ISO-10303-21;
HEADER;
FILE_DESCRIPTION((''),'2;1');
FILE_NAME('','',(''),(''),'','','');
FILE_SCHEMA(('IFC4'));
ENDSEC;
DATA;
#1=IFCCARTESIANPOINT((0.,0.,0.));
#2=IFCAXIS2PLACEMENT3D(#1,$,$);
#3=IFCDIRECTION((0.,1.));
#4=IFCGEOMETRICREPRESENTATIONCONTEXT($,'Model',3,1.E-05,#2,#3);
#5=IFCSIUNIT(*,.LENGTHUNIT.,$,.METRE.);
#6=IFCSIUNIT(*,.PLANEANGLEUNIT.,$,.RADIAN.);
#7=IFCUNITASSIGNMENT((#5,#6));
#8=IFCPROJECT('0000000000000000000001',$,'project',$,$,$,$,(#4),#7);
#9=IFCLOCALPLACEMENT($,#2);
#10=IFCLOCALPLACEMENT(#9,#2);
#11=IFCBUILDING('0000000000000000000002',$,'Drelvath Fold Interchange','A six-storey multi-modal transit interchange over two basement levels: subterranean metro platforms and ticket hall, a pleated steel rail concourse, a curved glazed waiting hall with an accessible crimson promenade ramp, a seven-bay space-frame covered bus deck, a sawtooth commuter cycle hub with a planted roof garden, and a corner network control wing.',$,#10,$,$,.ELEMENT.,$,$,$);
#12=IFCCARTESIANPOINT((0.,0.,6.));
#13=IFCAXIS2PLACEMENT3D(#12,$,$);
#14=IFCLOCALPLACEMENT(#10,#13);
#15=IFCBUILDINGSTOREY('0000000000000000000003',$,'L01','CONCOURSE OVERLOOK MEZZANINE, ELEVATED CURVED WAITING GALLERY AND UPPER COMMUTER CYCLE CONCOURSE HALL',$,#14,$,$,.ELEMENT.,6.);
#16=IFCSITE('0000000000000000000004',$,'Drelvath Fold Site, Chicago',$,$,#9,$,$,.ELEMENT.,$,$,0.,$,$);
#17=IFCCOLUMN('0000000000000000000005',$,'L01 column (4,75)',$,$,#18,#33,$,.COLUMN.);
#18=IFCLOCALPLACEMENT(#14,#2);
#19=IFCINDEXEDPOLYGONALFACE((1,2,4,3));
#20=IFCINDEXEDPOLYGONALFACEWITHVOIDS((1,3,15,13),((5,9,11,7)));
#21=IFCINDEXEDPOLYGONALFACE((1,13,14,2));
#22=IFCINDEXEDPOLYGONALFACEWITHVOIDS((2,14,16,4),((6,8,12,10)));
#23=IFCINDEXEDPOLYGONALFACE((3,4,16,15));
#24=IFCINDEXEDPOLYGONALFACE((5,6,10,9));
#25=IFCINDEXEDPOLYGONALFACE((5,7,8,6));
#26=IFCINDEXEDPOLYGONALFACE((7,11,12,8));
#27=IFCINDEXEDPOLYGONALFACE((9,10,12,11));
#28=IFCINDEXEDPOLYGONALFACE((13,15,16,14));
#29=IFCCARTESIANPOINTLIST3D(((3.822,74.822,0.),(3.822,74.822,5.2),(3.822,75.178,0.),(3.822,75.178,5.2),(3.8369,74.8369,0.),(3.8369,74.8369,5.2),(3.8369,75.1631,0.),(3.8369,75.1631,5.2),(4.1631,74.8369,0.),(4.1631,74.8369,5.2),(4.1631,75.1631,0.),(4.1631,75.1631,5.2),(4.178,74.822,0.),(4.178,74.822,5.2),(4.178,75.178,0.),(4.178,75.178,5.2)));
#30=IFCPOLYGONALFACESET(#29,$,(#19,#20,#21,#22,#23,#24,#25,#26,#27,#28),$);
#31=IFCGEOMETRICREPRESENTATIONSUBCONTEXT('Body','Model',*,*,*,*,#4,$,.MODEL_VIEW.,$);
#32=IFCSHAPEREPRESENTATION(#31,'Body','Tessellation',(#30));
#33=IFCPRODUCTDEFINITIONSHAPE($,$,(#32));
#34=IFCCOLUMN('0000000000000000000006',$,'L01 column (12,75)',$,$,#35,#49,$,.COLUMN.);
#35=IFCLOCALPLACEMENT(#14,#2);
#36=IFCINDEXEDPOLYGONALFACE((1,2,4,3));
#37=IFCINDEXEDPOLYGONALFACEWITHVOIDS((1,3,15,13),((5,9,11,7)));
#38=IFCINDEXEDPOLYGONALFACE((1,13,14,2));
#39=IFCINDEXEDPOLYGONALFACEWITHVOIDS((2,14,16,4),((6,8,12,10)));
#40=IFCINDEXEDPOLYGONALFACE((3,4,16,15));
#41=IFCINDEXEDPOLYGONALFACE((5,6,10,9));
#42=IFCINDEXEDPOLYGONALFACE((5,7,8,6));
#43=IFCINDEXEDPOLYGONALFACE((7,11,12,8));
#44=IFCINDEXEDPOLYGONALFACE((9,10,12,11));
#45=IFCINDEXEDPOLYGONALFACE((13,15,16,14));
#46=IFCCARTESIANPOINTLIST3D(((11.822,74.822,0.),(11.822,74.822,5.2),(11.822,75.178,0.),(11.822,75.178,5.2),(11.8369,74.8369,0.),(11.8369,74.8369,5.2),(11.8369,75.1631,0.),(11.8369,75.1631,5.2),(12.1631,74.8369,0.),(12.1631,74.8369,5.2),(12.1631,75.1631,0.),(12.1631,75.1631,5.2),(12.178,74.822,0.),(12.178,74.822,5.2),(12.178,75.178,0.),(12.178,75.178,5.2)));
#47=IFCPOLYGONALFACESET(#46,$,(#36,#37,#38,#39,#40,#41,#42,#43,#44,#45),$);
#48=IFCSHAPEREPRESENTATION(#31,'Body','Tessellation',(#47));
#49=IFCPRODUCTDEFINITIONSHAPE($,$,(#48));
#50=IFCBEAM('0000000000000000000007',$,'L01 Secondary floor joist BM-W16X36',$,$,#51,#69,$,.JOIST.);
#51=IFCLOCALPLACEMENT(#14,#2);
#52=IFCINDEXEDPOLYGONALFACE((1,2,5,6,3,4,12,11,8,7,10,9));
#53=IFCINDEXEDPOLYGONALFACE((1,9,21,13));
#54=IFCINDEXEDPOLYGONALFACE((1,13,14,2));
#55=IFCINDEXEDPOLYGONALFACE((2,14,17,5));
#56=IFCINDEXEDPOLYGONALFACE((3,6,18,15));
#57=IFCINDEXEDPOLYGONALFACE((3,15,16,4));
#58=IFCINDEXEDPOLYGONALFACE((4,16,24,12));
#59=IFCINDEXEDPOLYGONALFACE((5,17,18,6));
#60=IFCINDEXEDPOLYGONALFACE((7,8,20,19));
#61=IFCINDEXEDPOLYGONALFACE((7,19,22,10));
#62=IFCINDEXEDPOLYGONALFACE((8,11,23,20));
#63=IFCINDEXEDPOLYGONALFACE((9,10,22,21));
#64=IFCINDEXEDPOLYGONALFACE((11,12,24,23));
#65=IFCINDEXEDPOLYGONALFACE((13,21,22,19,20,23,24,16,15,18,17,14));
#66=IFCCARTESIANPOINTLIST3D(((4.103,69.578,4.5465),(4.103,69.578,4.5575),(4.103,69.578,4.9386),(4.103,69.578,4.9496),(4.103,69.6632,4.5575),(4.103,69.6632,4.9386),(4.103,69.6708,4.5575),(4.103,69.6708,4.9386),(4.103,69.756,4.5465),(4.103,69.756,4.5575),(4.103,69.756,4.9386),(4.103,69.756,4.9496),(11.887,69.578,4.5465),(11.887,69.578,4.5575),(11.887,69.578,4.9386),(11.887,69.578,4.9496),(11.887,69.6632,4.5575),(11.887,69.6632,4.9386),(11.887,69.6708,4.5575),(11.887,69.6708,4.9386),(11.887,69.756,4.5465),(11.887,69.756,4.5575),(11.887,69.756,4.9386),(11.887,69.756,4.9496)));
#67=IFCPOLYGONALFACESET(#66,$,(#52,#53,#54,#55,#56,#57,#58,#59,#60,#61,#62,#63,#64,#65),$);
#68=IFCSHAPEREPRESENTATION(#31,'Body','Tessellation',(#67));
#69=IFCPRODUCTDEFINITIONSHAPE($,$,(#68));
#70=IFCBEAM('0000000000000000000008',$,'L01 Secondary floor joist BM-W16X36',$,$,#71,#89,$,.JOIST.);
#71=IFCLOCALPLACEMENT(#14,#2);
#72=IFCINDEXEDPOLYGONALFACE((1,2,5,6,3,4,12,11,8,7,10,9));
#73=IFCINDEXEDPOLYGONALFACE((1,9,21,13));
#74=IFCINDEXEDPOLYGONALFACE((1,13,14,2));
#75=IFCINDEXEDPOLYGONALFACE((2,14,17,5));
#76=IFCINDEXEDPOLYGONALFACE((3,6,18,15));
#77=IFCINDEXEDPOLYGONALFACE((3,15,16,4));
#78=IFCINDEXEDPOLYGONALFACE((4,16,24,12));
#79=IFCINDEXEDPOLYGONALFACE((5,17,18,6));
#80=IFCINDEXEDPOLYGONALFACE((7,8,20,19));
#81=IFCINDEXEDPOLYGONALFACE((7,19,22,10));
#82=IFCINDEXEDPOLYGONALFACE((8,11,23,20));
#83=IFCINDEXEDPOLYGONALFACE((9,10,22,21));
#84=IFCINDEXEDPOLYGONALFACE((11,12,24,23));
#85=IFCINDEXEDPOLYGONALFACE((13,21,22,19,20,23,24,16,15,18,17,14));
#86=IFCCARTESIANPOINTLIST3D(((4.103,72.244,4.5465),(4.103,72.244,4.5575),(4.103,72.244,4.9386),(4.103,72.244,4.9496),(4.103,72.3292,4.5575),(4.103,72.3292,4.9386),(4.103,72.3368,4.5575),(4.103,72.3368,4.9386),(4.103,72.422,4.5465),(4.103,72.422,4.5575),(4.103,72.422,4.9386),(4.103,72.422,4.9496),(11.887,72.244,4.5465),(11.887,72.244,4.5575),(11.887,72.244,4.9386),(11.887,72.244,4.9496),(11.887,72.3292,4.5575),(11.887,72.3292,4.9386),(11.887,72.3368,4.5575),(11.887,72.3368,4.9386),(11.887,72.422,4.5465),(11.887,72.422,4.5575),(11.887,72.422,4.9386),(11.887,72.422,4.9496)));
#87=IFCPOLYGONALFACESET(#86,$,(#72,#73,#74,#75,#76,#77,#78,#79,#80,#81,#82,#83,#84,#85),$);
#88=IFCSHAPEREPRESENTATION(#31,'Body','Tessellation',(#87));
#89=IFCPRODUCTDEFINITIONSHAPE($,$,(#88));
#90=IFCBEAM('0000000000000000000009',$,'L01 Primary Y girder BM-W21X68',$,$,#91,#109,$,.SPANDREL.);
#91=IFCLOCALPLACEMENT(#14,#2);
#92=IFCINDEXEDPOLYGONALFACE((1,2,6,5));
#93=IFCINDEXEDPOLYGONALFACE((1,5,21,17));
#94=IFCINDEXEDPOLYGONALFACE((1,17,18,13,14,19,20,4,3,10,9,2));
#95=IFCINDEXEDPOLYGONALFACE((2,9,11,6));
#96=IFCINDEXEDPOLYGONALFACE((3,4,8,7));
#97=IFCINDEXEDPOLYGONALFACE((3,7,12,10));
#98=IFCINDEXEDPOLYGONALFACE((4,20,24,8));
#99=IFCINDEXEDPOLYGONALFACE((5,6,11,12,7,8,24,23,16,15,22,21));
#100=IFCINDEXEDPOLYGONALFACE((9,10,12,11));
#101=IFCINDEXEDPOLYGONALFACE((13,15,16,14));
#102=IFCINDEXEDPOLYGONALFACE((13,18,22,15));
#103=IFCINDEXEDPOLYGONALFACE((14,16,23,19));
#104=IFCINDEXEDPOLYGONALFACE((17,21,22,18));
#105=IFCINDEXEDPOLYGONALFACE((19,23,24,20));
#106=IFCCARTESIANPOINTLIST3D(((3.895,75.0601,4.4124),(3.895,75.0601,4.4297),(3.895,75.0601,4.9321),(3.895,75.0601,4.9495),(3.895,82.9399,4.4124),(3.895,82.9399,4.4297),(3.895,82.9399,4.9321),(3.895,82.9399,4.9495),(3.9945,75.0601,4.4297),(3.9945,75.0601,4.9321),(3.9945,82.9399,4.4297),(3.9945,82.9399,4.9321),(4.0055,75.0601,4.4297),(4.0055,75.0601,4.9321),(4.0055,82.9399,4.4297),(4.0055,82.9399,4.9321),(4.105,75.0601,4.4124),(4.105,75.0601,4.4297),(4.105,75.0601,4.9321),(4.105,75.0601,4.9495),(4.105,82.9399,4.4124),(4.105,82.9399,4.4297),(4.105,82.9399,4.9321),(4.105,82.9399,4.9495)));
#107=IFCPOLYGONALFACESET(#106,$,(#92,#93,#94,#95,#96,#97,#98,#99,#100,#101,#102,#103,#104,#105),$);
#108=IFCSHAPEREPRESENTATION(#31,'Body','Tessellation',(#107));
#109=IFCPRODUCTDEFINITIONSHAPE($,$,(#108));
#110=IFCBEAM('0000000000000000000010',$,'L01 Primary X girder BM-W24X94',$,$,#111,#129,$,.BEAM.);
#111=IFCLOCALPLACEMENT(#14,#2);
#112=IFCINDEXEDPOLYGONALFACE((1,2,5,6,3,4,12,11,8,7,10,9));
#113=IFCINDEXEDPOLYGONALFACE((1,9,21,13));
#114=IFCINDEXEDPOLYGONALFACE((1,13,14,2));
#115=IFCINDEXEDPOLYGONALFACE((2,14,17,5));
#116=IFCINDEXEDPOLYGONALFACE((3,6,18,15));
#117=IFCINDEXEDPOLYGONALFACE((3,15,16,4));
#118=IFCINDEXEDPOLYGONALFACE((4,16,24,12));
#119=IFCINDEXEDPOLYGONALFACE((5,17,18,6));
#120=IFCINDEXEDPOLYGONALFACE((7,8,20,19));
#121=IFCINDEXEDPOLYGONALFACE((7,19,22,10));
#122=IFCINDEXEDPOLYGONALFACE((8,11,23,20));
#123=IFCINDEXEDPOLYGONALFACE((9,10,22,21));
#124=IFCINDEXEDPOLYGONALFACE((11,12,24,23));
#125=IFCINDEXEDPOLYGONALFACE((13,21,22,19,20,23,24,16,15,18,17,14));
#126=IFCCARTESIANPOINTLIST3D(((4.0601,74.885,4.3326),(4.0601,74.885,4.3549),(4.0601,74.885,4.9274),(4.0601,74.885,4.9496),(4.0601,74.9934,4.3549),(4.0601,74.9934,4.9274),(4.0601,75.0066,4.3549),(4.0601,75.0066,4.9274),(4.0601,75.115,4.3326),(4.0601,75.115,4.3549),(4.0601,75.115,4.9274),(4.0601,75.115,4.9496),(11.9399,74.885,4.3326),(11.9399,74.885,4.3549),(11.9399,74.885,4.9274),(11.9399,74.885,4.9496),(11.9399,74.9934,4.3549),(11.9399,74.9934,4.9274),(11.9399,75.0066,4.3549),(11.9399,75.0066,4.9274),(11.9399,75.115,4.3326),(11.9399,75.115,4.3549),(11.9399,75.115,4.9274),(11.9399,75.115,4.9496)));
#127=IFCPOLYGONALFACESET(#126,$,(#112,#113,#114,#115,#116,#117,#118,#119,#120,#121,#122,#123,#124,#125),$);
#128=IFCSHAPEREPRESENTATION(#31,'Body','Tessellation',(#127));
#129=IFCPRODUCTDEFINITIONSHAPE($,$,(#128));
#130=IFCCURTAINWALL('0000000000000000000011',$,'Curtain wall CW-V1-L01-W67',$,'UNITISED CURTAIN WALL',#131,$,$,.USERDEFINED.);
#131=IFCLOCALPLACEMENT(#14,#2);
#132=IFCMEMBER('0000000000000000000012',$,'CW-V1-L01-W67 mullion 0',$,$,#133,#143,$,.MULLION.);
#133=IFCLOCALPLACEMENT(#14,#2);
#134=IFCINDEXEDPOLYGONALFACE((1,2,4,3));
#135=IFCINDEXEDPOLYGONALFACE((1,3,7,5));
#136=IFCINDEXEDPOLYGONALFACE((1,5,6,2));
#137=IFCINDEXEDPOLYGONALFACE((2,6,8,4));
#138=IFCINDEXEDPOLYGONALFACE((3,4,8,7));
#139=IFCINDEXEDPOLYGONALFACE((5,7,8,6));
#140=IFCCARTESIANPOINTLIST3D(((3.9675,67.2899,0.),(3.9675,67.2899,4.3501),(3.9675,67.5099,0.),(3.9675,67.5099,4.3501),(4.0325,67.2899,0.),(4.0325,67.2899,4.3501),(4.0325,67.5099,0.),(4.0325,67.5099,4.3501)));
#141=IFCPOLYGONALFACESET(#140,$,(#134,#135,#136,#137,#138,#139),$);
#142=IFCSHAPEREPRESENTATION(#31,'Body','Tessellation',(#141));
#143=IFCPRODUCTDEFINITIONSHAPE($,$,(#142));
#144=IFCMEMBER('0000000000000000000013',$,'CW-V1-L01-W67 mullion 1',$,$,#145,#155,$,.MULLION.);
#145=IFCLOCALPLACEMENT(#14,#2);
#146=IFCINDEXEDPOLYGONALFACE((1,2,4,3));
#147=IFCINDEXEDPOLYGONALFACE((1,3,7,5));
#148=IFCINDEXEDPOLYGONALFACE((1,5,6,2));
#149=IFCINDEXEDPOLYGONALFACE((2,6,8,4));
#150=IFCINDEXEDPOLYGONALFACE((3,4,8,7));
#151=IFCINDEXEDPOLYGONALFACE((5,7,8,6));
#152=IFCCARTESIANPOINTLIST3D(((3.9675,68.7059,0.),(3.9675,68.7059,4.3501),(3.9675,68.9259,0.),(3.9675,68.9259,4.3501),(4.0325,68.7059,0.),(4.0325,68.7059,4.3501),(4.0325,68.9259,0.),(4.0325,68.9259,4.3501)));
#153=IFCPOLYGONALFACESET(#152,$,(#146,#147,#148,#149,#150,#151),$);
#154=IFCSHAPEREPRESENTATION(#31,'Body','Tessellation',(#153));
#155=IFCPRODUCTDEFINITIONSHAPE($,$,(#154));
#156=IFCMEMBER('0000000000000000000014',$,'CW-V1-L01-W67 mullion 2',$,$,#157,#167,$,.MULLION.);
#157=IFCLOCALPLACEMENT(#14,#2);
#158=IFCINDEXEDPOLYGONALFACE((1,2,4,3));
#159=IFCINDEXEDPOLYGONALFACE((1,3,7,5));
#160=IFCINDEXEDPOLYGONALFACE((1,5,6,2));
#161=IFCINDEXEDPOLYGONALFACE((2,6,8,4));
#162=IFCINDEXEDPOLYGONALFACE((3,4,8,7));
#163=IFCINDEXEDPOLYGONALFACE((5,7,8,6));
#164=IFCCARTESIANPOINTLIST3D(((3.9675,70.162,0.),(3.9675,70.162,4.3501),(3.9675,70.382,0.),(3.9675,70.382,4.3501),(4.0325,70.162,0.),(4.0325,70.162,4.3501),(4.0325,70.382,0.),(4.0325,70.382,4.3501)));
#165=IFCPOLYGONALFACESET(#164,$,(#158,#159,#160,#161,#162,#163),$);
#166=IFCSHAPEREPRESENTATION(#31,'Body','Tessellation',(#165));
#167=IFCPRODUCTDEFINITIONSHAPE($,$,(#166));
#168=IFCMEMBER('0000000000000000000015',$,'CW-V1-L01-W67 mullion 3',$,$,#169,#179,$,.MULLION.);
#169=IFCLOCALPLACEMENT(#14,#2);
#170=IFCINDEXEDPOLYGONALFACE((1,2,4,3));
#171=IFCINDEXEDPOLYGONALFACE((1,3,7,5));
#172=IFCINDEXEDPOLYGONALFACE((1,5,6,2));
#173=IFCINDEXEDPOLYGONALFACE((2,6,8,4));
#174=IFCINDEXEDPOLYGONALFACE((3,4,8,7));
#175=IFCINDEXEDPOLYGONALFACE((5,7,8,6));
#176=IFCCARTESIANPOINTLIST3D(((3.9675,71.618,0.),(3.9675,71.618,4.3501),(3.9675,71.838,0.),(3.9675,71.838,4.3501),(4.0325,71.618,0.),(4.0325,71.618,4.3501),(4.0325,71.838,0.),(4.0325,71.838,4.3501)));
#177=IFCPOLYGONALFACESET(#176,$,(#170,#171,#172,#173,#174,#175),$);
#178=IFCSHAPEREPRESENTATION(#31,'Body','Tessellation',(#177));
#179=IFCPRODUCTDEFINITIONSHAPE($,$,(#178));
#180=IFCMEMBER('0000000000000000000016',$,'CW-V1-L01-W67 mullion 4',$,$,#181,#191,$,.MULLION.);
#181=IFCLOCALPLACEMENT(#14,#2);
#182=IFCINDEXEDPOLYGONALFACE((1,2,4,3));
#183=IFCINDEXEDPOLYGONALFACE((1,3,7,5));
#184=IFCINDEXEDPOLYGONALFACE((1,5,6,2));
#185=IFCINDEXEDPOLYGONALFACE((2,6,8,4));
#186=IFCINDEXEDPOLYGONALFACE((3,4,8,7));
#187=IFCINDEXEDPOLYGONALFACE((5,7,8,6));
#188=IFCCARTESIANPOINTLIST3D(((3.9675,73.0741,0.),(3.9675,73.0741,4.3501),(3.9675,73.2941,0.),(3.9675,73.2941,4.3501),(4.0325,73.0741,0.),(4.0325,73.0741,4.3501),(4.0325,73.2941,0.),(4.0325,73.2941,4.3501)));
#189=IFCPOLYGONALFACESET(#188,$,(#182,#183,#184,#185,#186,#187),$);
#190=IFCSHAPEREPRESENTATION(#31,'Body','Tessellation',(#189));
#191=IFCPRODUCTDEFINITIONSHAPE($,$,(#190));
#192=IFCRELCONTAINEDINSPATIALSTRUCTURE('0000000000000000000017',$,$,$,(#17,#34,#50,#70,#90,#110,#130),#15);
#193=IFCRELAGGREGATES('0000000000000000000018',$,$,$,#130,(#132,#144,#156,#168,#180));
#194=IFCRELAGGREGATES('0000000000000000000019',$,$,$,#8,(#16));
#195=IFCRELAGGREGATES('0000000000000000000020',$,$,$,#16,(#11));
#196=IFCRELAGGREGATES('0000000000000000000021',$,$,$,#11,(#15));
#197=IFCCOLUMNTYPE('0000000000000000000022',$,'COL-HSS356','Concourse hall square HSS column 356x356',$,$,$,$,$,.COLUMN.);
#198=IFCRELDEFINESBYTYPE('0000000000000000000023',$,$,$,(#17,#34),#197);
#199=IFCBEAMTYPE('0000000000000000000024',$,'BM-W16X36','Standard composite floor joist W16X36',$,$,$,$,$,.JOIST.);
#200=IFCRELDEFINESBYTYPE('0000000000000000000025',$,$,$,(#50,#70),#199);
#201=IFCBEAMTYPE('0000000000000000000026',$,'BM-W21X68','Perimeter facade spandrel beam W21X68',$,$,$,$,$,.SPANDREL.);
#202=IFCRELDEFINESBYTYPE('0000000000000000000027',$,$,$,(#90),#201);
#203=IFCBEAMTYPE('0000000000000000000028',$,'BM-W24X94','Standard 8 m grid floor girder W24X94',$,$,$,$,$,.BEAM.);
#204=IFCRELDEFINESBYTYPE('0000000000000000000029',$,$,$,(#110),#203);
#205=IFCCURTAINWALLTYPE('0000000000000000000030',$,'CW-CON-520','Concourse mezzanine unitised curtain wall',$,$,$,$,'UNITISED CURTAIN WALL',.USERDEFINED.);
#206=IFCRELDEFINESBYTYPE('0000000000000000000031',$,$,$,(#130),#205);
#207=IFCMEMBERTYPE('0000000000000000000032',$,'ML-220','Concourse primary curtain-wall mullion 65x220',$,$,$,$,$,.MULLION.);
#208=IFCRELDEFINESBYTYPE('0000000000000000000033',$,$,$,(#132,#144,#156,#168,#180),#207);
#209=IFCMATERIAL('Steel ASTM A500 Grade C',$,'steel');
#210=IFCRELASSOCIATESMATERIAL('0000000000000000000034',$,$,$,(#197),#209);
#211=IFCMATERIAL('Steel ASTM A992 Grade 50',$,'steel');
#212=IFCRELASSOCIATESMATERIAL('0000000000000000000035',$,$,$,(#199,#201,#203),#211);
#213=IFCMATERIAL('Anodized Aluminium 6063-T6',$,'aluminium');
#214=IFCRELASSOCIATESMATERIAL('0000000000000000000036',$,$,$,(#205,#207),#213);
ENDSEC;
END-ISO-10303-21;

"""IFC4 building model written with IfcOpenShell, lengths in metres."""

from ifc_helpers import new_model, si_unit, direction, frame, origin, origin_2d, place, context, subcontext, project, spatial, rectangle, hollow_rectangle, i_section, extrude, material, material_profile, profile_set, type_object, element, aggregate, save


model = new_model("IFC4")

# Units and contexts
model_context = context("Model", 3, precision=1e-05, world=origin(), true_north=direction((0.0, 1.0)))
body_context = subcontext(model_context, "Body", "Model", "MODEL_VIEW")
ifc_project = project(units=[si_unit("LENGTHUNIT", "METRE"), si_unit("PLANEANGLEUNIT", "RADIAN")], contexts=[model_context])

# Site, building, storey
site_placement = place(None, origin())
site = spatial("IfcSite", under=ifc_project, at=site_placement, Name="Drelvath Fold Site, Chicago", CompositionType="ELEMENT", RefElevation=0.0)
building_placement = place(site_placement, origin())
building = spatial("IfcBuilding", under=site, at=building_placement, Name="Drelvath Fold Interchange", Description="A six-storey multi-modal transit interchange over two basement levels: subterranean metro platforms and ticket hall, a pleated steel rail concourse, a curved glazed waiting hall with an accessible crimson promenade ramp, a seven-bay space-frame covered bus deck, a sawtooth commuter cycle hub with a planted roof garden, and a corner network control wing.", CompositionType="ELEMENT")
storey_placement = place(building_placement, frame((0.0, 0.0, 6.0)))
storey = spatial("IfcBuildingStorey", under=building, at=storey_placement, Name="L01", Description="CONCOURSE OVERLOOK MEZZANINE, ELEVATED CURVED WAITING GALLERY AND UPPER COMMUTER CYCLE CONCOURSE HALL", CompositionType="ELEMENT", Elevation=6.0)

# Columns
ifc_material_1 = material(Name="Steel ASTM A500 Grade C", Category="steel")
ifc_material_profile_1 = material_profile(ifc_material_1, hollow_rectangle(XDim=0.356, YDim=0.356, WallThickness=0.0149, at=origin_2d()), Name="HSS14X14X5/8")
ifc_profile_set_1 = profile_set([ifc_material_profile_1], Name="Steel ASTM A500 Grade C")
column_type = type_object("IfcColumnType", Name="COL-HSS356", Description="Concourse hall square HSS column 356x356", PredefinedType="COLUMN", material=ifc_profile_set_1)
for number, where, z_axis, x_axis, name in (
    (1, (4.0, 75.0, 0.0), (0.0, 0.0, 1.0), (1.0, 0.0, 0.0), "L01 column (4,75)"),
    (2, (12.0, 75.0, 0.0), (0.0, 0.0, 1.0), (1.0, 0.0, 0.0), "L01 column (12,75)"),
):
    element("IfcColumn", number, at=place(storey_placement, frame(where, z_axis=z_axis, x_axis=x_axis)), inside=storey, type_object=column_type, Name=name, PredefinedType="COLUMN", context=body_context, shape_type="SweptSolid", body=[
        extrude(hollow_rectangle(XDim=0.356, YDim=0.356, WallThickness=0.0149, at=origin_2d()), origin(), (0.0, 0.0, 1.0), 5.2),
    ])

# Beams
ifc_material_2 = material(Name="Steel ASTM A992 Grade 50", Category="steel")
ifc_material_profile_2 = material_profile(ifc_material_2, i_section(OverallWidth=0.178, OverallDepth=0.4031, WebThickness=0.0076, FlangeThickness=0.011, at=origin_2d()), Name="W16X36")
ifc_profile_set_2 = profile_set([ifc_material_profile_2], Name="Steel ASTM A992 Grade 50")
beam_type_1 = type_object("IfcBeamType", Name="BM-W16X36", Description="Standard composite floor joist W16X36", PredefinedType="JOIST", material=ifc_profile_set_2)
for number, where, z_axis, x_axis, name in (
    (3, (4.103, 69.667, 4.748), (1.0, 0.0, 0.0), (0.0, 1.0, 0.0), "L01 Secondary floor joist BM-W16X36"),
    (4, (4.103, 72.333, 4.748), (1.0, 0.0, 0.0), (0.0, 1.0, 0.0), "L01 Secondary floor joist BM-W16X36"),
):
    element("IfcBeam", number, at=place(storey_placement, frame(where, z_axis=z_axis, x_axis=x_axis)), inside=storey, type_object=beam_type_1, Name=name, PredefinedType="JOIST", context=body_context, shape_type="SweptSolid", body=[
        extrude(i_section(OverallWidth=0.178, OverallDepth=0.4031, WebThickness=0.0076, FlangeThickness=0.011, at=origin_2d()), origin(), (0.0, 0.0, 1.0), 7.7839),
    ])
ifc_material_profile_3 = material_profile(ifc_material_2, i_section(OverallWidth=0.21, OverallDepth=0.5371, WebThickness=0.011, FlangeThickness=0.0173, at=origin_2d()), Name="W21X68")
ifc_profile_set_3 = profile_set([ifc_material_profile_3], Name="Steel ASTM A992 Grade 50")
beam_type_2 = type_object("IfcBeamType", Name="BM-W21X68", Description="Perimeter facade spandrel beam W21X68", PredefinedType="SPANDREL", material=ifc_profile_set_3)
beam_1_placement = place(storey_placement, frame((4.0, 75.0601, 4.6809), z_axis=(0.0, 1.0, 0.0), x_axis=(-1.0, 0.0, 0.0)))
element("IfcBeam", 5, at=beam_1_placement, inside=storey, type_object=beam_type_2, Name="L01 Primary Y girder BM-W21X68", PredefinedType="SPANDREL", context=body_context, shape_type="SweptSolid", body=[
    extrude(i_section(OverallWidth=0.21, OverallDepth=0.5371, WebThickness=0.011, FlangeThickness=0.0173, at=origin_2d()), origin(), (0.0, 0.0, 1.0), 7.8799),
])
ifc_material_profile_4 = material_profile(ifc_material_2, i_section(OverallWidth=0.23, OverallDepth=0.6169, WebThickness=0.0132, FlangeThickness=0.0222, at=origin_2d()), Name="W24X94")
ifc_profile_set_4 = profile_set([ifc_material_profile_4], Name="Steel ASTM A992 Grade 50")
beam_type_3 = type_object("IfcBeamType", Name="BM-W24X94", Description="Standard 8 m grid floor girder W24X94", PredefinedType="BEAM", material=ifc_profile_set_4)
beam_2_placement = place(storey_placement, frame((4.0601, 75.0, 4.6411), z_axis=(1.0, 0.0, 0.0), x_axis=(0.0, 1.0, 0.0)))
element("IfcBeam", 6, at=beam_2_placement, inside=storey, type_object=beam_type_3, Name="L01 Primary X girder BM-W24X94", PredefinedType="BEAM", context=body_context, shape_type="SweptSolid", body=[
    extrude(i_section(OverallWidth=0.23, OverallDepth=0.6169, WebThickness=0.0132, FlangeThickness=0.0222, at=origin_2d()), origin(), (0.0, 0.0, 1.0), 7.8799),
])

# Curtain wall, members
ifc_material_3 = material(Name="Anodized Aluminium 6063-T6", Category="aluminium")
curtain_wall_type = type_object("IfcCurtainWallType", Name="CW-CON-520", Description="Concourse mezzanine unitised curtain wall", ElementType="UNITISED CURTAIN WALL", PredefinedType="USERDEFINED", material=ifc_material_3)
curtain_wall_placement = place(storey_placement, origin())
curtain_wall = element("IfcCurtainWall", 7, at=curtain_wall_placement, inside=storey, type_object=curtain_wall_type, Name="Curtain wall CW-V1-L01-W67", ObjectType="UNITISED CURTAIN WALL", PredefinedType="USERDEFINED")
ifc_material_profile_5 = material_profile(ifc_material_3, rectangle(XDim=0.0649, YDim=0.22, at=origin_2d()), Name="AL-M 65x220")
ifc_profile_set_5 = profile_set([ifc_material_profile_5], Name="Anodized Aluminium 6063-T6")
member_type_1 = type_object("IfcMemberType", Name="ML-220", Description="Concourse primary curtain-wall mullion 65x220", PredefinedType="MULLION", material=ifc_profile_set_5)
member_1_placement = place(storey_placement, frame((4.0, 67.3999, 0.0), z_axis=(0.0, 0.0, 1.0), x_axis=(1.0, 0.0, 0.0)))
member_1 = element("IfcMember", 8, at=member_1_placement, type_object=member_type_1, Name="CW-V1-L01-W67 mullion 0", PredefinedType="MULLION", context=body_context, shape_type="SweptSolid", body=[
    extrude(rectangle(XDim=0.0649, YDim=0.22, at=origin_2d()), origin(), (0.0, 0.0, 1.0), 4.3501),
])
member_2_placement = place(storey_placement, frame((4.0, 68.8159, 0.0), z_axis=(0.0, 0.0, 1.0), x_axis=(1.0, 0.0, 0.0)))
member_2 = element("IfcMember", 9, at=member_2_placement, type_object=member_type_1, Name="CW-V1-L01-W67 mullion 1", PredefinedType="MULLION", context=body_context, shape_type="SweptSolid", body=[
    extrude(rectangle(XDim=0.0649, YDim=0.22, at=origin_2d()), origin(), (0.0, 0.0, 1.0), 4.3501),
])
member_3_placement = place(storey_placement, frame((4.0, 70.272, 0.0), z_axis=(0.0, 0.0, 1.0), x_axis=(1.0, 0.0, 0.0)))
member_3 = element("IfcMember", 10, at=member_3_placement, type_object=member_type_1, Name="CW-V1-L01-W67 mullion 2", PredefinedType="MULLION", context=body_context, shape_type="SweptSolid", body=[
    extrude(rectangle(XDim=0.0649, YDim=0.22, at=origin_2d()), origin(), (0.0, 0.0, 1.0), 4.3501),
])
member_4_placement = place(storey_placement, frame((4.0, 71.728, 0.0), z_axis=(0.0, 0.0, 1.0), x_axis=(1.0, 0.0, 0.0)))
member_4 = element("IfcMember", 11, at=member_4_placement, type_object=member_type_1, Name="CW-V1-L01-W67 mullion 3", PredefinedType="MULLION", context=body_context, shape_type="SweptSolid", body=[
    extrude(rectangle(XDim=0.0649, YDim=0.22, at=origin_2d()), origin(), (0.0, 0.0, 1.0), 4.3501),
])
member_5_placement = place(storey_placement, frame((4.0, 73.1841, 0.0), z_axis=(0.0, 0.0, 1.0), x_axis=(1.0, 0.0, 0.0)))
member_5 = element("IfcMember", 12, at=member_5_placement, type_object=member_type_1, Name="CW-V1-L01-W67 mullion 4", PredefinedType="MULLION", context=body_context, shape_type="SweptSolid", body=[
    extrude(rectangle(XDim=0.0649, YDim=0.22, at=origin_2d()), origin(), (0.0, 0.0, 1.0), 4.3501),
])
aggregate(curtain_wall, [member_1, member_2, member_3, member_4, member_5])

save(model, "model.ifc")
